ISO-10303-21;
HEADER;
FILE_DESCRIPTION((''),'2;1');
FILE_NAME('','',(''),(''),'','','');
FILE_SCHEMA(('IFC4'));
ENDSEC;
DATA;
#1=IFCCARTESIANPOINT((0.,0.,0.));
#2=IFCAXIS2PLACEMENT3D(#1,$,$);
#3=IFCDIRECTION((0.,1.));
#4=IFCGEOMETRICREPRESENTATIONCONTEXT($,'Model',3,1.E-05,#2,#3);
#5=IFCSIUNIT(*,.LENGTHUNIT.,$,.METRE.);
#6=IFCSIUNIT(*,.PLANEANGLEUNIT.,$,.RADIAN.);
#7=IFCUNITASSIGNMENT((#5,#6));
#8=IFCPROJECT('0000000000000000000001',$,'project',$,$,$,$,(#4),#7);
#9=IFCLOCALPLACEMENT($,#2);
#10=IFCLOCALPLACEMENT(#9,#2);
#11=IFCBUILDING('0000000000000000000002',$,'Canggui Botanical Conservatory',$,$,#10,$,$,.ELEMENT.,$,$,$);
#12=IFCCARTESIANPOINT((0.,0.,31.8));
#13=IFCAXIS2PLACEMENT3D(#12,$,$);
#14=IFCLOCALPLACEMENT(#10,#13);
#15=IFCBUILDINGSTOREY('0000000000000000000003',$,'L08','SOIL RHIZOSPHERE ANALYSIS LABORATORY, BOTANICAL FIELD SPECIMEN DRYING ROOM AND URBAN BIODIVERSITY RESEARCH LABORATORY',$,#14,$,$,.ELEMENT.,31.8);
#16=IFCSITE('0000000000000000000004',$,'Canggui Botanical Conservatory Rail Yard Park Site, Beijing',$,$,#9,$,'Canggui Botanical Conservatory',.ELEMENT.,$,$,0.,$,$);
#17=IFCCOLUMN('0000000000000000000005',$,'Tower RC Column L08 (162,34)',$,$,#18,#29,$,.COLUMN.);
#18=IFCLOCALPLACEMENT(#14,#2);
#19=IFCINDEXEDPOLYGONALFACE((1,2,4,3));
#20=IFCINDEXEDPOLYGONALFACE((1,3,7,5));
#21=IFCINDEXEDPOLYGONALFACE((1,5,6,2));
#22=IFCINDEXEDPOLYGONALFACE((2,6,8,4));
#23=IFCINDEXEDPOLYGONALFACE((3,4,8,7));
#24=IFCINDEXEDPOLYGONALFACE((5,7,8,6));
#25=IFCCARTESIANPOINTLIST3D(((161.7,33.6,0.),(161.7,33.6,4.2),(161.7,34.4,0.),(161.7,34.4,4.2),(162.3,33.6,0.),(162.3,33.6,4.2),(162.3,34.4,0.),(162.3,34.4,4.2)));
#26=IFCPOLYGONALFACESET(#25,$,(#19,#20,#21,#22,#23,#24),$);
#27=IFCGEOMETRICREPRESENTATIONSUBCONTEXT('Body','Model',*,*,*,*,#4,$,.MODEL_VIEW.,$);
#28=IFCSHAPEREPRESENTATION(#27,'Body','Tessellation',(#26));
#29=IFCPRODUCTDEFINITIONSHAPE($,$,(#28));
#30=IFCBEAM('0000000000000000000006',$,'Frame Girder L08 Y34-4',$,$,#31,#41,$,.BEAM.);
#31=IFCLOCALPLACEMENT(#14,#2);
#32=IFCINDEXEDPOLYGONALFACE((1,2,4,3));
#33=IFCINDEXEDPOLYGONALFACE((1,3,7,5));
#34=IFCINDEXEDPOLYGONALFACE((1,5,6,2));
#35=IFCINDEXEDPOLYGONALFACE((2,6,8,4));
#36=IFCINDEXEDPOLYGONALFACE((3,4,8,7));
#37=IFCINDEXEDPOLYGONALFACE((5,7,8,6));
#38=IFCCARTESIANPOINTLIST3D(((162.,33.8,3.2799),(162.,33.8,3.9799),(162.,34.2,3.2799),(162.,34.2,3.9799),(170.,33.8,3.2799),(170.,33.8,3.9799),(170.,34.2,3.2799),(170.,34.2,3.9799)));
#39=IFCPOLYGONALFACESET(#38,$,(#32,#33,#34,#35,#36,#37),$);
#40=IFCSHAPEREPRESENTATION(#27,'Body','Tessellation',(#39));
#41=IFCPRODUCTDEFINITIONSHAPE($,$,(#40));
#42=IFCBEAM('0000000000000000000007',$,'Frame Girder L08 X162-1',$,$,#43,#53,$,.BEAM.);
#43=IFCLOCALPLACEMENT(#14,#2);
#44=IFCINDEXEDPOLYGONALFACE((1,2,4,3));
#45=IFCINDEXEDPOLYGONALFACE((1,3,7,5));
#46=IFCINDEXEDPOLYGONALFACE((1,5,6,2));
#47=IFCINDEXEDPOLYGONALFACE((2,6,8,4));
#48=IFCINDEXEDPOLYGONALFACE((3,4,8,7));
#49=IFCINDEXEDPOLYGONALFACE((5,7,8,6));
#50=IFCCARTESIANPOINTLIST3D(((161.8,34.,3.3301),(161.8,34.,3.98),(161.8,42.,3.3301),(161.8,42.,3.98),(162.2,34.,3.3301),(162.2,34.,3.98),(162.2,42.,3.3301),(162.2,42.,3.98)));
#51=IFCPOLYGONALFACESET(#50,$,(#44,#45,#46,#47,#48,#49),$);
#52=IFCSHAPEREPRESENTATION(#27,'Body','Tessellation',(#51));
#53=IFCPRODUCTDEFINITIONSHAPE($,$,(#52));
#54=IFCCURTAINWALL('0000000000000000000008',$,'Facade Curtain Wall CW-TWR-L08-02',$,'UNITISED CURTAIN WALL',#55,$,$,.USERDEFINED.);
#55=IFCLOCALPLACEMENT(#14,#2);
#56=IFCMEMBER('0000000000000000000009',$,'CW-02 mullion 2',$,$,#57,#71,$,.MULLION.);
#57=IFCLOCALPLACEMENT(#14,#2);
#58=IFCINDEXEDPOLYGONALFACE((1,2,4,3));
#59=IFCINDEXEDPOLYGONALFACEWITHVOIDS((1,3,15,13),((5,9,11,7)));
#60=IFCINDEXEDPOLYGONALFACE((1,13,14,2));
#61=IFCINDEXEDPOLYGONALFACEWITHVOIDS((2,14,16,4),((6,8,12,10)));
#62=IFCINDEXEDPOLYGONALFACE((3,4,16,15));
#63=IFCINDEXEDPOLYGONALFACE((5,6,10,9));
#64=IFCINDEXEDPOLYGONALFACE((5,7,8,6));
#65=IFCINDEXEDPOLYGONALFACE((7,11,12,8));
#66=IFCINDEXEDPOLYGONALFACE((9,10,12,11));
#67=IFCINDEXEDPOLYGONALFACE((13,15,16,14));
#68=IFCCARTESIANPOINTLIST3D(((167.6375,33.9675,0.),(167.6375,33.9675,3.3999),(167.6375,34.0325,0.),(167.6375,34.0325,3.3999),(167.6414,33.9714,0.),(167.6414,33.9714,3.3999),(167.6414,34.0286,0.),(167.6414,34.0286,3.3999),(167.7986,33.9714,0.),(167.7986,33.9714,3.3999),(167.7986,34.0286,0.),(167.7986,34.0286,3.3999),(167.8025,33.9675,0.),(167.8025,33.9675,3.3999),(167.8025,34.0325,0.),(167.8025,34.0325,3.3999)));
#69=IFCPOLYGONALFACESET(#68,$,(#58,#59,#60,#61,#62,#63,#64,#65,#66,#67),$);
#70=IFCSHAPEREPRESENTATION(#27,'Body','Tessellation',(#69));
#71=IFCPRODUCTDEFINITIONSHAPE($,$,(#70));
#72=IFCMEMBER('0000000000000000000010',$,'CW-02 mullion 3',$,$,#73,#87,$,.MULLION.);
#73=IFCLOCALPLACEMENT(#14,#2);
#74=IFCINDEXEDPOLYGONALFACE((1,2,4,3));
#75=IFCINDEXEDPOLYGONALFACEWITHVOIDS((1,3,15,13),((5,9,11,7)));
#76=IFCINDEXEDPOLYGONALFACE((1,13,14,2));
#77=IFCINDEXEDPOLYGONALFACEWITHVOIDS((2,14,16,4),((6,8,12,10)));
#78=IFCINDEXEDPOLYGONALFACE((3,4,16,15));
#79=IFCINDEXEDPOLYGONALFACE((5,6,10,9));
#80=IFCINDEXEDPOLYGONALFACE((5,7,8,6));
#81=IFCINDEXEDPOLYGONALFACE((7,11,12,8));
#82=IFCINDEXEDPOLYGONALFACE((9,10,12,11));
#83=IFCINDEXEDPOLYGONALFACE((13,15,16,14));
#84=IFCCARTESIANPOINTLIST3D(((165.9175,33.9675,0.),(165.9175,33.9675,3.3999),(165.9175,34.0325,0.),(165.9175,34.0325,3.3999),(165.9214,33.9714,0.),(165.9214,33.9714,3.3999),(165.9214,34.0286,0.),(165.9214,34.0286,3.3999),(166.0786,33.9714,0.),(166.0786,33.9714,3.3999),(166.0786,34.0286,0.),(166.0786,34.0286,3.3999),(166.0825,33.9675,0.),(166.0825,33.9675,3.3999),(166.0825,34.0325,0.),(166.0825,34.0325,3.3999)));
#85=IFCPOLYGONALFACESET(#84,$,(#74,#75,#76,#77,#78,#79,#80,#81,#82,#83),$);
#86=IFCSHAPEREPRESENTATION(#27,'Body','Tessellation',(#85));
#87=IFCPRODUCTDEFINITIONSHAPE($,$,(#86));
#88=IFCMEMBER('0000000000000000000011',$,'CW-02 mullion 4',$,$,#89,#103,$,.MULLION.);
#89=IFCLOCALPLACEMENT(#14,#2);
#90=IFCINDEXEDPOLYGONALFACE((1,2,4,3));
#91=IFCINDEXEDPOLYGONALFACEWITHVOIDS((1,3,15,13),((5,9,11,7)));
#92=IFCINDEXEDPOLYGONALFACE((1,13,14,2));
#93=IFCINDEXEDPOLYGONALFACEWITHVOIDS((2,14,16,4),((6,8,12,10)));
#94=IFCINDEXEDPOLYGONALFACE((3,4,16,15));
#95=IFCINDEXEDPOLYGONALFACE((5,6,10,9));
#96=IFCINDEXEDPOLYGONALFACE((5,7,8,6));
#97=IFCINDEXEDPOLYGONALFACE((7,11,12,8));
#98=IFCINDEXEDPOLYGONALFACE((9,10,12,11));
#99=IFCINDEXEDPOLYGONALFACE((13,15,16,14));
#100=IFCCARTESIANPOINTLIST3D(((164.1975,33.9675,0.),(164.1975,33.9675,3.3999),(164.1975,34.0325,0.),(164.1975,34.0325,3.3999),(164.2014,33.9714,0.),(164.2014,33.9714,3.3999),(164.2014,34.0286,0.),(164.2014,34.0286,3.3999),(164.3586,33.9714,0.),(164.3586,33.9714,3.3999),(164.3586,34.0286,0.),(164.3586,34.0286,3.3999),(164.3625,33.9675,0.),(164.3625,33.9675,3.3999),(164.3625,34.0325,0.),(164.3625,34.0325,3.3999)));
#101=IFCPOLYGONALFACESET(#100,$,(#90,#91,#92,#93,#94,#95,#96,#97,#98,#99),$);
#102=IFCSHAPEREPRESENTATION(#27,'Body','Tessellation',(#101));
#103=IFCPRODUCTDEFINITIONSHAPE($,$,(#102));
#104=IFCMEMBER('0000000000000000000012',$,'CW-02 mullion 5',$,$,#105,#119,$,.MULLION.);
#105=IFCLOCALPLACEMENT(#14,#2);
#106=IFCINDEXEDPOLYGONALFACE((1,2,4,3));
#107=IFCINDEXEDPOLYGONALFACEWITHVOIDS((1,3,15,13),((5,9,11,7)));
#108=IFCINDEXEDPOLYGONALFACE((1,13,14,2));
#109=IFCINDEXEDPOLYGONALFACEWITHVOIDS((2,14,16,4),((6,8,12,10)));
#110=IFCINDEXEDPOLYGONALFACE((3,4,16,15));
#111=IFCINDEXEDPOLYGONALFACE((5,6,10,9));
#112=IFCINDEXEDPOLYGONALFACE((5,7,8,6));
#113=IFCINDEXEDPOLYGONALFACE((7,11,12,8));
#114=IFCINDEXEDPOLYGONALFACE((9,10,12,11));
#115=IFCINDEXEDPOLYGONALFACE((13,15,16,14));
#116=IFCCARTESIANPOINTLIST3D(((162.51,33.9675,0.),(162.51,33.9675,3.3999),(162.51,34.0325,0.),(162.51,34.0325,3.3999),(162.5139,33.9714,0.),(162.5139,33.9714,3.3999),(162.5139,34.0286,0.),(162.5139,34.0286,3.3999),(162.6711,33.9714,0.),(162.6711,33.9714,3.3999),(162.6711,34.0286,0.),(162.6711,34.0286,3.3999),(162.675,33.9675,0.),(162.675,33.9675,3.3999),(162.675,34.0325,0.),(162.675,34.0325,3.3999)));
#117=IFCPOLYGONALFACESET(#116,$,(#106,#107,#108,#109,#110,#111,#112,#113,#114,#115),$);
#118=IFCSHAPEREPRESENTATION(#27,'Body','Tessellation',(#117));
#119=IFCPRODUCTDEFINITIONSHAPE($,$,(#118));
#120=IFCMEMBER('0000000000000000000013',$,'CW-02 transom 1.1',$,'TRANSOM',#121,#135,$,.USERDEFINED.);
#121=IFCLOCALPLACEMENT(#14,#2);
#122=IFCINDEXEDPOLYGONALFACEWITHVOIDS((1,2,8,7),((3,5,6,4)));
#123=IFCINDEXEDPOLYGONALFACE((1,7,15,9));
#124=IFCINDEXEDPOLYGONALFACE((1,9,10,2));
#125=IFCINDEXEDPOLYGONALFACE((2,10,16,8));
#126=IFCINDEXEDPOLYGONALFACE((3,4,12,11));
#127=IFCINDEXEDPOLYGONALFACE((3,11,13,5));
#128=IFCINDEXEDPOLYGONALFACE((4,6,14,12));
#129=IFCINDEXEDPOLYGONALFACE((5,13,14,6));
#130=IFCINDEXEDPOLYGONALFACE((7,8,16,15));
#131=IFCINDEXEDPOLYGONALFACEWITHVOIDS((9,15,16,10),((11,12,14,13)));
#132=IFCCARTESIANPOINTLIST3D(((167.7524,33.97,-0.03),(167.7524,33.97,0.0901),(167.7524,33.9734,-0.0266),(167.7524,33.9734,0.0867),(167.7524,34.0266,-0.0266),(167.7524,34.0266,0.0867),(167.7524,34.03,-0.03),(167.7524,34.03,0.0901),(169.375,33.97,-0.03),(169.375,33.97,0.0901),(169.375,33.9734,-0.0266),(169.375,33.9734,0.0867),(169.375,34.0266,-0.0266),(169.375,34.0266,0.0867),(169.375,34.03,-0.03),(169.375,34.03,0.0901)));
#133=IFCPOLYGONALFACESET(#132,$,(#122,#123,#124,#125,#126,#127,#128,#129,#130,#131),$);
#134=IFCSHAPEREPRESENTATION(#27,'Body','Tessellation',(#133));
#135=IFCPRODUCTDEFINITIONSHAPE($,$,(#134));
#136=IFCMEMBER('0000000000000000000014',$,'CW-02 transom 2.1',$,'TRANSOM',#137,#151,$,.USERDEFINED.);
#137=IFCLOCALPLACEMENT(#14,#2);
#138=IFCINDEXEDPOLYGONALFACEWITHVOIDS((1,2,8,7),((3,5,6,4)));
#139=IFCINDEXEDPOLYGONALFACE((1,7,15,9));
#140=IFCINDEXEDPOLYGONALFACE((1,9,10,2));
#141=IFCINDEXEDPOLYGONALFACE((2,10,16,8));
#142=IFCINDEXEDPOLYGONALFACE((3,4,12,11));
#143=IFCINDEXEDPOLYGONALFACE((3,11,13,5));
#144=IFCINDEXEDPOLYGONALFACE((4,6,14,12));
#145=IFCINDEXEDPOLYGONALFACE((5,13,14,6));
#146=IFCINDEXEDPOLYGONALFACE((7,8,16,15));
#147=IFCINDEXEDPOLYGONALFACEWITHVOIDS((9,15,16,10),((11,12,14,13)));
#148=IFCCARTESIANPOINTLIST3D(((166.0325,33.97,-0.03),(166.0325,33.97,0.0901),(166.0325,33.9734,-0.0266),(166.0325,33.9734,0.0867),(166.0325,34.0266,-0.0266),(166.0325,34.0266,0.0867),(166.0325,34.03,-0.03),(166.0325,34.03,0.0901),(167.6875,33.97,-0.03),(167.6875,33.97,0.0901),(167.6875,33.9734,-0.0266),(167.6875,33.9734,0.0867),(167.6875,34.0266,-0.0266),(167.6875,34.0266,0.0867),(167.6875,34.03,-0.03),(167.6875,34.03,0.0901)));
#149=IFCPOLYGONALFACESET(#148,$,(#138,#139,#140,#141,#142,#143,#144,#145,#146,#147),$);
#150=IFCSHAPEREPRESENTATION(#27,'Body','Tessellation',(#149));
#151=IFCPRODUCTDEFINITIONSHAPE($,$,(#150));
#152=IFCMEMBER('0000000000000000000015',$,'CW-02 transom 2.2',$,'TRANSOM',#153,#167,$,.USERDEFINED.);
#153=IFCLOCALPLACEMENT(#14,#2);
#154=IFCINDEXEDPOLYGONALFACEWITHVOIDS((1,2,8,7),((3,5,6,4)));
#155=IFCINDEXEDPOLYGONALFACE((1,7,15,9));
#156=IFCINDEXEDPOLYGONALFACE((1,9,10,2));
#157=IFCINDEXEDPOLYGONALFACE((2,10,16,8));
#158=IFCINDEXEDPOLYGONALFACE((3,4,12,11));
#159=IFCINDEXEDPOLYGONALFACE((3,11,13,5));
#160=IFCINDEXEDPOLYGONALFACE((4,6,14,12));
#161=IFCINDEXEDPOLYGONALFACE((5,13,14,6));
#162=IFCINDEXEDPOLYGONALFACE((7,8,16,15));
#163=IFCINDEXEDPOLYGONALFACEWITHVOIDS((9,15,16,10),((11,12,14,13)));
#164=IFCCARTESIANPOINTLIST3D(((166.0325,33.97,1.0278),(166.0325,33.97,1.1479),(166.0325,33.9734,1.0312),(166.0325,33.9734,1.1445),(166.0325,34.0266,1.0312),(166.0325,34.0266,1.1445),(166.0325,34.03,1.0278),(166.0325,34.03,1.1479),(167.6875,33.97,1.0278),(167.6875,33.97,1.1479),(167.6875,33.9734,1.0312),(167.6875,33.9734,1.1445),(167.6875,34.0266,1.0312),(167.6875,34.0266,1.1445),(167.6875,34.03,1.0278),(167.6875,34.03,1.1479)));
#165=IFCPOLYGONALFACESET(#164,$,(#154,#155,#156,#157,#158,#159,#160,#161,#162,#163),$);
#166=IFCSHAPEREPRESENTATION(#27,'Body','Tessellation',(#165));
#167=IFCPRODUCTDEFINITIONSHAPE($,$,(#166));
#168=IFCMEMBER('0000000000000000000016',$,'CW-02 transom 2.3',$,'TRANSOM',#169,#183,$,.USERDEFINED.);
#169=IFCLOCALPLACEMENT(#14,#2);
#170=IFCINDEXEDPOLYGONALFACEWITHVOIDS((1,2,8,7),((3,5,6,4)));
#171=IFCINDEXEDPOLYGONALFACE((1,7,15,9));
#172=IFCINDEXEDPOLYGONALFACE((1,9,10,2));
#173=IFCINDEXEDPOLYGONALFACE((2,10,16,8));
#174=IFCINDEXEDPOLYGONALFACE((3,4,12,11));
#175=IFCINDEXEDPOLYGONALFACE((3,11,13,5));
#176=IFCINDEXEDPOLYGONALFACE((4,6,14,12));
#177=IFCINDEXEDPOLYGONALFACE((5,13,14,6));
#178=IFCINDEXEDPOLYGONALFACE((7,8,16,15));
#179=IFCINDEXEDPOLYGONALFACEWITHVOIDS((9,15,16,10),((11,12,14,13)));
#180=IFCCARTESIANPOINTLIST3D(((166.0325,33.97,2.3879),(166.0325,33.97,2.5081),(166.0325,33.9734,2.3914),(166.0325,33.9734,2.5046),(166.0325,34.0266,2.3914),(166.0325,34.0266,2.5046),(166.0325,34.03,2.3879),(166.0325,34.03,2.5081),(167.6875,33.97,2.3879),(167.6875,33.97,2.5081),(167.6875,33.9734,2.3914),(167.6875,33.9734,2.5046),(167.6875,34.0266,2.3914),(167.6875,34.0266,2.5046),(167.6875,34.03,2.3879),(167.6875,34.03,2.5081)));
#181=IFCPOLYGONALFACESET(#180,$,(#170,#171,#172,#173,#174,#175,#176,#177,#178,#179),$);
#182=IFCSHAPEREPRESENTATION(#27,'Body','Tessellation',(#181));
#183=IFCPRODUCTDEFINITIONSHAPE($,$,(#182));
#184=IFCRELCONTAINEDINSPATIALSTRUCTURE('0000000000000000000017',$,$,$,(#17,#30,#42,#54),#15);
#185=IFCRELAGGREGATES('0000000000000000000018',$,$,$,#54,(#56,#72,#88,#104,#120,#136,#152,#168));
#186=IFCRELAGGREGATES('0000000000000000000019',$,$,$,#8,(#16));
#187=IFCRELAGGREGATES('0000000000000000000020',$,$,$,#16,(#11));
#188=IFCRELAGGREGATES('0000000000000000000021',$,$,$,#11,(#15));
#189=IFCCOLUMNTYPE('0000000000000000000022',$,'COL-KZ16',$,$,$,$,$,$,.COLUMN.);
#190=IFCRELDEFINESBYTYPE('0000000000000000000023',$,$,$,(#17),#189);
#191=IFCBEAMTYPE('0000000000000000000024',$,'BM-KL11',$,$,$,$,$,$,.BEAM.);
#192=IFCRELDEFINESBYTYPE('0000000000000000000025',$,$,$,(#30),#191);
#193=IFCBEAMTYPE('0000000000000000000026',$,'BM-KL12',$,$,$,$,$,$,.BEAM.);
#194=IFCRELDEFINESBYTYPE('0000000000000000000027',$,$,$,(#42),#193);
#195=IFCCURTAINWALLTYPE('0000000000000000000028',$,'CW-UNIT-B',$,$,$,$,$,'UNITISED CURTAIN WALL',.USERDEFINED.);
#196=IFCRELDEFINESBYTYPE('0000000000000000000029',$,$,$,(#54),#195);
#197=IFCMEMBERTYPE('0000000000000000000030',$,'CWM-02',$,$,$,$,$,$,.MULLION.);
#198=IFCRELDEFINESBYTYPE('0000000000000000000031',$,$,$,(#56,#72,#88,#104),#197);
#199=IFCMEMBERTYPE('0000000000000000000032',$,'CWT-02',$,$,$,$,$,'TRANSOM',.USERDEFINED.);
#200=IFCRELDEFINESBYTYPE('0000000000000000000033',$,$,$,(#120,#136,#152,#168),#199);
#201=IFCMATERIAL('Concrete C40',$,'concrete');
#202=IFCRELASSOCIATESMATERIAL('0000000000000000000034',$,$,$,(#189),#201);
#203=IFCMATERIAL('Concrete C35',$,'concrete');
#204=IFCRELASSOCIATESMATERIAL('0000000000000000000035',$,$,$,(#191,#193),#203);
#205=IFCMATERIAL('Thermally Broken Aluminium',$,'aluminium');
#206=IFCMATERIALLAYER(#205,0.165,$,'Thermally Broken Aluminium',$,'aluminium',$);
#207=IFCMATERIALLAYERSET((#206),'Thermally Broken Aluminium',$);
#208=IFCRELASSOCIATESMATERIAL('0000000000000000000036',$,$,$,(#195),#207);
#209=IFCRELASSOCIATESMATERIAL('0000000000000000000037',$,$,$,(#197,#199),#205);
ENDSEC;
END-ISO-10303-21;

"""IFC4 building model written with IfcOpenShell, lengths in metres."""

from ifc_helpers import new_model, si_unit, direction, frame, origin, origin_2d, place, context, subcontext, project, spatial, rectangle, hollow_rectangle, extrude, material, layer, layer_set, material_profile, profile_set, type_object, element, aggregate, save


model = new_model("IFC4")

# Units and contexts
model_context = context("Model", 3, precision=1e-05, world=origin(), true_north=direction((0.0, 1.0)))
body_context = subcontext(model_context, "Body", "Model", "MODEL_VIEW")
ifc_project = project(units=[si_unit("LENGTHUNIT", "METRE"), si_unit("PLANEANGLEUNIT", "RADIAN")], contexts=[model_context])

# Site, building, storey
site_placement = place(None, origin())
site = spatial("IfcSite", under=ifc_project, at=site_placement, Name="Canggui Botanical Conservatory Rail Yard Park Site, Beijing", LongName="Canggui Botanical Conservatory", CompositionType="ELEMENT", RefElevation=0.0)
building_placement = place(site_placement, origin())
building = spatial("IfcBuilding", under=site, at=building_placement, Name="Canggui Botanical Conservatory", CompositionType="ELEMENT")
storey_placement = place(building_placement, frame((0.0, 0.0, 31.8)))
storey = spatial("IfcBuildingStorey", under=building, at=storey_placement, Name="L08", Description="SOIL RHIZOSPHERE ANALYSIS LABORATORY, BOTANICAL FIELD SPECIMEN DRYING ROOM AND URBAN BIODIVERSITY RESEARCH LABORATORY", CompositionType="ELEMENT", Elevation=31.8)

# Column
ifc_material_1 = material(Name="Concrete C40", Category="concrete")
ifc_material_profile_1 = material_profile(ifc_material_1, rectangle(XDim=0.6001, YDim=0.8, at=origin_2d()), Name="RC 600x800")
ifc_profile_set_1 = profile_set([ifc_material_profile_1], Name="Concrete C40")
column_type = type_object("IfcColumnType", Name="COL-KZ16", PredefinedType="COLUMN", material=ifc_profile_set_1)
column_placement = place(storey_placement, frame((162.0, 34.0, 0.0), z_axis=(0.0, 0.0, 1.0), x_axis=(1.0, 0.0, 0.0)))
element("IfcColumn", 1, at=column_placement, inside=storey, type_object=column_type, Name="Tower RC Column L08 (162,34)", PredefinedType="COLUMN", context=body_context, shape_type="SweptSolid", body=[
    extrude(rectangle(XDim=0.6001, YDim=0.8, at=origin_2d()), origin(), (0.0, 0.0, 1.0), 4.2),
])

# Beams
ifc_material_2 = material(Name="Concrete C35", Category="concrete")
ifc_material_profile_2 = material_profile(ifc_material_2, rectangle(XDim=0.3999, YDim=0.7, at=origin_2d()), Name="RB 400x700")
ifc_profile_set_2 = profile_set([ifc_material_profile_2], Name="Concrete C35")
beam_type_1 = type_object("IfcBeamType", Name="BM-KL11", PredefinedType="BEAM", material=ifc_profile_set_2)
beam_1_placement = place(storey_placement, frame((162.0, 34.0, 3.6299), z_axis=(1.0, 0.0, 0.0), x_axis=(0.0, 1.0, 0.0)))
element("IfcBeam", 2, at=beam_1_placement, inside=storey, type_object=beam_type_1, Name="Frame Girder L08 Y34-4", PredefinedType="BEAM", context=body_context, shape_type="SweptSolid", body=[
    extrude(rectangle(XDim=0.3999, YDim=0.7, at=origin_2d()), origin(), (0.0, 0.0, 1.0), 8.0),
])
ifc_material_profile_3 = material_profile(ifc_material_2, rectangle(XDim=0.3999, YDim=0.6499, at=origin_2d()), Name="RB 400x650")
ifc_profile_set_3 = profile_set([ifc_material_profile_3], Name="Concrete C35")
beam_type_2 = type_object("IfcBeamType", Name="BM-KL12", PredefinedType="BEAM", material=ifc_profile_set_3)
beam_2_placement = place(storey_placement, frame((162.0, 34.0, 3.655), z_axis=(0.0, 1.0, 0.0), x_axis=(-1.0, 0.0, 0.0)))
element("IfcBeam", 3, at=beam_2_placement, inside=storey, type_object=beam_type_2, Name="Frame Girder L08 X162-1", PredefinedType="BEAM", context=body_context, shape_type="SweptSolid", body=[
    extrude(rectangle(XDim=0.3999, YDim=0.6499, at=origin_2d()), origin(), (0.0, 0.0, 1.0), 8.0),
])

# Curtain wall, members
ifc_material_3 = material(Name="Thermally Broken Aluminium", Category="aluminium")
ifc_layer_1 = layer(ifc_material_3, 0.165, Name="Thermally Broken Aluminium", Category="aluminium")
ifc_layer_set_1 = layer_set([ifc_layer_1], Name="Thermally Broken Aluminium")
curtain_wall_type = type_object("IfcCurtainWallType", Name="CW-UNIT-B", ElementType="UNITISED CURTAIN WALL", PredefinedType="USERDEFINED", material=ifc_layer_set_1)
curtain_wall_placement = place(storey_placement, origin())
curtain_wall = element("IfcCurtainWall", 4, at=curtain_wall_placement, inside=storey, type_object=curtain_wall_type, Name="Facade Curtain Wall CW-TWR-L08-02", ObjectType="UNITISED CURTAIN WALL", PredefinedType="USERDEFINED")
ifc_material_profile_4 = material_profile(ifc_material_3, hollow_rectangle(XDim=0.0649, YDim=0.165, WallThickness=0.0039, at=origin_2d()), Name="CWM 65x165x4")
ifc_profile_set_4 = profile_set([ifc_material_profile_4], Name="Thermally Broken Aluminium")
member_type_1 = type_object("IfcMemberType", Name="CWM-02", PredefinedType="MULLION", material=ifc_profile_set_4)
member_1_placement = place(storey_placement, frame((167.72, 34.0, 0.0), z_axis=(0.0, 0.0, 1.0), x_axis=(0.0, -1.0, 0.0)))
member_1 = element("IfcMember", 5, at=member_1_placement, type_object=member_type_1, Name="CW-02 mullion 2", PredefinedType="MULLION", context=body_context, shape_type="SweptSolid", body=[
    extrude(hollow_rectangle(XDim=0.0649, YDim=0.165, WallThickness=0.0039, at=origin_2d()), origin(), (0.0, 0.0, 1.0), 3.3999),
])
member_2_placement = place(storey_placement, frame((166.0, 34.0, 0.0), z_axis=(0.0, 0.0, 1.0), x_axis=(0.0, -1.0, 0.0)))
member_2 = element("IfcMember", 6, at=member_2_placement, type_object=member_type_1, Name="CW-02 mullion 3", PredefinedType="MULLION", context=body_context, shape_type="SweptSolid", body=[
    extrude(hollow_rectangle(XDim=0.0649, YDim=0.165, WallThickness=0.0039, at=origin_2d()), origin(), (0.0, 0.0, 1.0), 3.3999),
])
member_3_placement = place(storey_placement, frame((164.28, 34.0, 0.0), z_axis=(0.0, 0.0, 1.0), x_axis=(0.0, -1.0, 0.0)))
member_3 = element("IfcMember", 7, at=member_3_placement, type_object=member_type_1, Name="CW-02 mullion 4", PredefinedType="MULLION", context=body_context, shape_type="SweptSolid", body=[
    extrude(hollow_rectangle(XDim=0.0649, YDim=0.165, WallThickness=0.0039, at=origin_2d()), origin(), (0.0, 0.0, 1.0), 3.3999),
])
member_4_placement = place(storey_placement, frame((162.5925, 34.0, 0.0), z_axis=(0.0, 0.0, 1.0), x_axis=(0.0, -1.0, 0.0)))
member_4 = element("IfcMember", 8, at=member_4_placement, type_object=member_type_1, Name="CW-02 mullion 5", PredefinedType="MULLION", context=body_context, shape_type="SweptSolid", body=[
    extrude(hollow_rectangle(XDim=0.0649, YDim=0.165, WallThickness=0.0039, at=origin_2d()), origin(), (0.0, 0.0, 1.0), 3.3999),
])
ifc_material_profile_5 = material_profile(ifc_material_3, hollow_rectangle(XDim=0.0601, YDim=0.1201, WallThickness=0.0034, at=origin_2d()), Name="CWT 60x120x3.5")
ifc_profile_set_5 = profile_set([ifc_material_profile_5], Name="Thermally Broken Aluminium")
member_type_2 = type_object("IfcMemberType", Name="CWT-02", ElementType="TRANSOM", PredefinedType="USERDEFINED", material=ifc_profile_set_5)
member_5_placement = place(storey_placement, frame((169.375, 34.0, 0.03), z_axis=(-1.0, 0.0, 0.0), x_axis=(0.0, -1.0, 0.0)))
member_5 = element("IfcMember", 9, at=member_5_placement, type_object=member_type_2, Name="CW-02 transom 1.1", ObjectType="TRANSOM", PredefinedType="USERDEFINED", context=body_context, shape_type="SweptSolid", body=[
    extrude(hollow_rectangle(XDim=0.0601, YDim=0.1201, WallThickness=0.0034, at=origin_2d()), origin(), (0.0, 0.0, 1.0), 1.6226),
])
member_6_placement = place(storey_placement, frame((167.6875, 34.0, 0.03), z_axis=(-1.0, 0.0, 0.0), x_axis=(0.0, -1.0, 0.0)))
member_6 = element("IfcMember", 10, at=member_6_placement, type_object=member_type_2, Name="CW-02 transom 2.1", ObjectType="TRANSOM", PredefinedType="USERDEFINED", context=body_context, shape_type="SweptSolid", body=[
    extrude(hollow_rectangle(XDim=0.0601, YDim=0.1201, WallThickness=0.0034, at=origin_2d()), origin(), (0.0, 0.0, 1.0), 1.655),
])
member_7_placement = place(storey_placement, frame((167.6875, 34.0, 1.0879), z_axis=(-1.0, 0.0, 0.0), x_axis=(0.0, -1.0, 0.0)))
member_7 = element("IfcMember", 11, at=member_7_placement, type_object=member_type_2, Name="CW-02 transom 2.2", ObjectType="TRANSOM", PredefinedType="USERDEFINED", context=body_context, shape_type="SweptSolid", body=[
    extrude(hollow_rectangle(XDim=0.0601, YDim=0.1201, WallThickness=0.0034, at=origin_2d()), origin(), (0.0, 0.0, 1.0), 1.655),
])
member_8_placement = place(storey_placement, frame((167.6875, 34.0, 2.448), z_axis=(-1.0, 0.0, 0.0), x_axis=(0.0, -1.0, 0.0)))
member_8 = element("IfcMember", 12, at=member_8_placement, type_object=member_type_2, Name="CW-02 transom 2.3", ObjectType="TRANSOM", PredefinedType="USERDEFINED", context=body_context, shape_type="SweptSolid", body=[
    extrude(hollow_rectangle(XDim=0.0601, YDim=0.1201, WallThickness=0.0034, at=origin_2d()), origin(), (0.0, 0.0, 1.0), 1.655),
])
aggregate(curtain_wall, [member_1, member_2, member_3, member_4, member_5, member_6, member_7, member_8])

save(model, "model.ifc")
